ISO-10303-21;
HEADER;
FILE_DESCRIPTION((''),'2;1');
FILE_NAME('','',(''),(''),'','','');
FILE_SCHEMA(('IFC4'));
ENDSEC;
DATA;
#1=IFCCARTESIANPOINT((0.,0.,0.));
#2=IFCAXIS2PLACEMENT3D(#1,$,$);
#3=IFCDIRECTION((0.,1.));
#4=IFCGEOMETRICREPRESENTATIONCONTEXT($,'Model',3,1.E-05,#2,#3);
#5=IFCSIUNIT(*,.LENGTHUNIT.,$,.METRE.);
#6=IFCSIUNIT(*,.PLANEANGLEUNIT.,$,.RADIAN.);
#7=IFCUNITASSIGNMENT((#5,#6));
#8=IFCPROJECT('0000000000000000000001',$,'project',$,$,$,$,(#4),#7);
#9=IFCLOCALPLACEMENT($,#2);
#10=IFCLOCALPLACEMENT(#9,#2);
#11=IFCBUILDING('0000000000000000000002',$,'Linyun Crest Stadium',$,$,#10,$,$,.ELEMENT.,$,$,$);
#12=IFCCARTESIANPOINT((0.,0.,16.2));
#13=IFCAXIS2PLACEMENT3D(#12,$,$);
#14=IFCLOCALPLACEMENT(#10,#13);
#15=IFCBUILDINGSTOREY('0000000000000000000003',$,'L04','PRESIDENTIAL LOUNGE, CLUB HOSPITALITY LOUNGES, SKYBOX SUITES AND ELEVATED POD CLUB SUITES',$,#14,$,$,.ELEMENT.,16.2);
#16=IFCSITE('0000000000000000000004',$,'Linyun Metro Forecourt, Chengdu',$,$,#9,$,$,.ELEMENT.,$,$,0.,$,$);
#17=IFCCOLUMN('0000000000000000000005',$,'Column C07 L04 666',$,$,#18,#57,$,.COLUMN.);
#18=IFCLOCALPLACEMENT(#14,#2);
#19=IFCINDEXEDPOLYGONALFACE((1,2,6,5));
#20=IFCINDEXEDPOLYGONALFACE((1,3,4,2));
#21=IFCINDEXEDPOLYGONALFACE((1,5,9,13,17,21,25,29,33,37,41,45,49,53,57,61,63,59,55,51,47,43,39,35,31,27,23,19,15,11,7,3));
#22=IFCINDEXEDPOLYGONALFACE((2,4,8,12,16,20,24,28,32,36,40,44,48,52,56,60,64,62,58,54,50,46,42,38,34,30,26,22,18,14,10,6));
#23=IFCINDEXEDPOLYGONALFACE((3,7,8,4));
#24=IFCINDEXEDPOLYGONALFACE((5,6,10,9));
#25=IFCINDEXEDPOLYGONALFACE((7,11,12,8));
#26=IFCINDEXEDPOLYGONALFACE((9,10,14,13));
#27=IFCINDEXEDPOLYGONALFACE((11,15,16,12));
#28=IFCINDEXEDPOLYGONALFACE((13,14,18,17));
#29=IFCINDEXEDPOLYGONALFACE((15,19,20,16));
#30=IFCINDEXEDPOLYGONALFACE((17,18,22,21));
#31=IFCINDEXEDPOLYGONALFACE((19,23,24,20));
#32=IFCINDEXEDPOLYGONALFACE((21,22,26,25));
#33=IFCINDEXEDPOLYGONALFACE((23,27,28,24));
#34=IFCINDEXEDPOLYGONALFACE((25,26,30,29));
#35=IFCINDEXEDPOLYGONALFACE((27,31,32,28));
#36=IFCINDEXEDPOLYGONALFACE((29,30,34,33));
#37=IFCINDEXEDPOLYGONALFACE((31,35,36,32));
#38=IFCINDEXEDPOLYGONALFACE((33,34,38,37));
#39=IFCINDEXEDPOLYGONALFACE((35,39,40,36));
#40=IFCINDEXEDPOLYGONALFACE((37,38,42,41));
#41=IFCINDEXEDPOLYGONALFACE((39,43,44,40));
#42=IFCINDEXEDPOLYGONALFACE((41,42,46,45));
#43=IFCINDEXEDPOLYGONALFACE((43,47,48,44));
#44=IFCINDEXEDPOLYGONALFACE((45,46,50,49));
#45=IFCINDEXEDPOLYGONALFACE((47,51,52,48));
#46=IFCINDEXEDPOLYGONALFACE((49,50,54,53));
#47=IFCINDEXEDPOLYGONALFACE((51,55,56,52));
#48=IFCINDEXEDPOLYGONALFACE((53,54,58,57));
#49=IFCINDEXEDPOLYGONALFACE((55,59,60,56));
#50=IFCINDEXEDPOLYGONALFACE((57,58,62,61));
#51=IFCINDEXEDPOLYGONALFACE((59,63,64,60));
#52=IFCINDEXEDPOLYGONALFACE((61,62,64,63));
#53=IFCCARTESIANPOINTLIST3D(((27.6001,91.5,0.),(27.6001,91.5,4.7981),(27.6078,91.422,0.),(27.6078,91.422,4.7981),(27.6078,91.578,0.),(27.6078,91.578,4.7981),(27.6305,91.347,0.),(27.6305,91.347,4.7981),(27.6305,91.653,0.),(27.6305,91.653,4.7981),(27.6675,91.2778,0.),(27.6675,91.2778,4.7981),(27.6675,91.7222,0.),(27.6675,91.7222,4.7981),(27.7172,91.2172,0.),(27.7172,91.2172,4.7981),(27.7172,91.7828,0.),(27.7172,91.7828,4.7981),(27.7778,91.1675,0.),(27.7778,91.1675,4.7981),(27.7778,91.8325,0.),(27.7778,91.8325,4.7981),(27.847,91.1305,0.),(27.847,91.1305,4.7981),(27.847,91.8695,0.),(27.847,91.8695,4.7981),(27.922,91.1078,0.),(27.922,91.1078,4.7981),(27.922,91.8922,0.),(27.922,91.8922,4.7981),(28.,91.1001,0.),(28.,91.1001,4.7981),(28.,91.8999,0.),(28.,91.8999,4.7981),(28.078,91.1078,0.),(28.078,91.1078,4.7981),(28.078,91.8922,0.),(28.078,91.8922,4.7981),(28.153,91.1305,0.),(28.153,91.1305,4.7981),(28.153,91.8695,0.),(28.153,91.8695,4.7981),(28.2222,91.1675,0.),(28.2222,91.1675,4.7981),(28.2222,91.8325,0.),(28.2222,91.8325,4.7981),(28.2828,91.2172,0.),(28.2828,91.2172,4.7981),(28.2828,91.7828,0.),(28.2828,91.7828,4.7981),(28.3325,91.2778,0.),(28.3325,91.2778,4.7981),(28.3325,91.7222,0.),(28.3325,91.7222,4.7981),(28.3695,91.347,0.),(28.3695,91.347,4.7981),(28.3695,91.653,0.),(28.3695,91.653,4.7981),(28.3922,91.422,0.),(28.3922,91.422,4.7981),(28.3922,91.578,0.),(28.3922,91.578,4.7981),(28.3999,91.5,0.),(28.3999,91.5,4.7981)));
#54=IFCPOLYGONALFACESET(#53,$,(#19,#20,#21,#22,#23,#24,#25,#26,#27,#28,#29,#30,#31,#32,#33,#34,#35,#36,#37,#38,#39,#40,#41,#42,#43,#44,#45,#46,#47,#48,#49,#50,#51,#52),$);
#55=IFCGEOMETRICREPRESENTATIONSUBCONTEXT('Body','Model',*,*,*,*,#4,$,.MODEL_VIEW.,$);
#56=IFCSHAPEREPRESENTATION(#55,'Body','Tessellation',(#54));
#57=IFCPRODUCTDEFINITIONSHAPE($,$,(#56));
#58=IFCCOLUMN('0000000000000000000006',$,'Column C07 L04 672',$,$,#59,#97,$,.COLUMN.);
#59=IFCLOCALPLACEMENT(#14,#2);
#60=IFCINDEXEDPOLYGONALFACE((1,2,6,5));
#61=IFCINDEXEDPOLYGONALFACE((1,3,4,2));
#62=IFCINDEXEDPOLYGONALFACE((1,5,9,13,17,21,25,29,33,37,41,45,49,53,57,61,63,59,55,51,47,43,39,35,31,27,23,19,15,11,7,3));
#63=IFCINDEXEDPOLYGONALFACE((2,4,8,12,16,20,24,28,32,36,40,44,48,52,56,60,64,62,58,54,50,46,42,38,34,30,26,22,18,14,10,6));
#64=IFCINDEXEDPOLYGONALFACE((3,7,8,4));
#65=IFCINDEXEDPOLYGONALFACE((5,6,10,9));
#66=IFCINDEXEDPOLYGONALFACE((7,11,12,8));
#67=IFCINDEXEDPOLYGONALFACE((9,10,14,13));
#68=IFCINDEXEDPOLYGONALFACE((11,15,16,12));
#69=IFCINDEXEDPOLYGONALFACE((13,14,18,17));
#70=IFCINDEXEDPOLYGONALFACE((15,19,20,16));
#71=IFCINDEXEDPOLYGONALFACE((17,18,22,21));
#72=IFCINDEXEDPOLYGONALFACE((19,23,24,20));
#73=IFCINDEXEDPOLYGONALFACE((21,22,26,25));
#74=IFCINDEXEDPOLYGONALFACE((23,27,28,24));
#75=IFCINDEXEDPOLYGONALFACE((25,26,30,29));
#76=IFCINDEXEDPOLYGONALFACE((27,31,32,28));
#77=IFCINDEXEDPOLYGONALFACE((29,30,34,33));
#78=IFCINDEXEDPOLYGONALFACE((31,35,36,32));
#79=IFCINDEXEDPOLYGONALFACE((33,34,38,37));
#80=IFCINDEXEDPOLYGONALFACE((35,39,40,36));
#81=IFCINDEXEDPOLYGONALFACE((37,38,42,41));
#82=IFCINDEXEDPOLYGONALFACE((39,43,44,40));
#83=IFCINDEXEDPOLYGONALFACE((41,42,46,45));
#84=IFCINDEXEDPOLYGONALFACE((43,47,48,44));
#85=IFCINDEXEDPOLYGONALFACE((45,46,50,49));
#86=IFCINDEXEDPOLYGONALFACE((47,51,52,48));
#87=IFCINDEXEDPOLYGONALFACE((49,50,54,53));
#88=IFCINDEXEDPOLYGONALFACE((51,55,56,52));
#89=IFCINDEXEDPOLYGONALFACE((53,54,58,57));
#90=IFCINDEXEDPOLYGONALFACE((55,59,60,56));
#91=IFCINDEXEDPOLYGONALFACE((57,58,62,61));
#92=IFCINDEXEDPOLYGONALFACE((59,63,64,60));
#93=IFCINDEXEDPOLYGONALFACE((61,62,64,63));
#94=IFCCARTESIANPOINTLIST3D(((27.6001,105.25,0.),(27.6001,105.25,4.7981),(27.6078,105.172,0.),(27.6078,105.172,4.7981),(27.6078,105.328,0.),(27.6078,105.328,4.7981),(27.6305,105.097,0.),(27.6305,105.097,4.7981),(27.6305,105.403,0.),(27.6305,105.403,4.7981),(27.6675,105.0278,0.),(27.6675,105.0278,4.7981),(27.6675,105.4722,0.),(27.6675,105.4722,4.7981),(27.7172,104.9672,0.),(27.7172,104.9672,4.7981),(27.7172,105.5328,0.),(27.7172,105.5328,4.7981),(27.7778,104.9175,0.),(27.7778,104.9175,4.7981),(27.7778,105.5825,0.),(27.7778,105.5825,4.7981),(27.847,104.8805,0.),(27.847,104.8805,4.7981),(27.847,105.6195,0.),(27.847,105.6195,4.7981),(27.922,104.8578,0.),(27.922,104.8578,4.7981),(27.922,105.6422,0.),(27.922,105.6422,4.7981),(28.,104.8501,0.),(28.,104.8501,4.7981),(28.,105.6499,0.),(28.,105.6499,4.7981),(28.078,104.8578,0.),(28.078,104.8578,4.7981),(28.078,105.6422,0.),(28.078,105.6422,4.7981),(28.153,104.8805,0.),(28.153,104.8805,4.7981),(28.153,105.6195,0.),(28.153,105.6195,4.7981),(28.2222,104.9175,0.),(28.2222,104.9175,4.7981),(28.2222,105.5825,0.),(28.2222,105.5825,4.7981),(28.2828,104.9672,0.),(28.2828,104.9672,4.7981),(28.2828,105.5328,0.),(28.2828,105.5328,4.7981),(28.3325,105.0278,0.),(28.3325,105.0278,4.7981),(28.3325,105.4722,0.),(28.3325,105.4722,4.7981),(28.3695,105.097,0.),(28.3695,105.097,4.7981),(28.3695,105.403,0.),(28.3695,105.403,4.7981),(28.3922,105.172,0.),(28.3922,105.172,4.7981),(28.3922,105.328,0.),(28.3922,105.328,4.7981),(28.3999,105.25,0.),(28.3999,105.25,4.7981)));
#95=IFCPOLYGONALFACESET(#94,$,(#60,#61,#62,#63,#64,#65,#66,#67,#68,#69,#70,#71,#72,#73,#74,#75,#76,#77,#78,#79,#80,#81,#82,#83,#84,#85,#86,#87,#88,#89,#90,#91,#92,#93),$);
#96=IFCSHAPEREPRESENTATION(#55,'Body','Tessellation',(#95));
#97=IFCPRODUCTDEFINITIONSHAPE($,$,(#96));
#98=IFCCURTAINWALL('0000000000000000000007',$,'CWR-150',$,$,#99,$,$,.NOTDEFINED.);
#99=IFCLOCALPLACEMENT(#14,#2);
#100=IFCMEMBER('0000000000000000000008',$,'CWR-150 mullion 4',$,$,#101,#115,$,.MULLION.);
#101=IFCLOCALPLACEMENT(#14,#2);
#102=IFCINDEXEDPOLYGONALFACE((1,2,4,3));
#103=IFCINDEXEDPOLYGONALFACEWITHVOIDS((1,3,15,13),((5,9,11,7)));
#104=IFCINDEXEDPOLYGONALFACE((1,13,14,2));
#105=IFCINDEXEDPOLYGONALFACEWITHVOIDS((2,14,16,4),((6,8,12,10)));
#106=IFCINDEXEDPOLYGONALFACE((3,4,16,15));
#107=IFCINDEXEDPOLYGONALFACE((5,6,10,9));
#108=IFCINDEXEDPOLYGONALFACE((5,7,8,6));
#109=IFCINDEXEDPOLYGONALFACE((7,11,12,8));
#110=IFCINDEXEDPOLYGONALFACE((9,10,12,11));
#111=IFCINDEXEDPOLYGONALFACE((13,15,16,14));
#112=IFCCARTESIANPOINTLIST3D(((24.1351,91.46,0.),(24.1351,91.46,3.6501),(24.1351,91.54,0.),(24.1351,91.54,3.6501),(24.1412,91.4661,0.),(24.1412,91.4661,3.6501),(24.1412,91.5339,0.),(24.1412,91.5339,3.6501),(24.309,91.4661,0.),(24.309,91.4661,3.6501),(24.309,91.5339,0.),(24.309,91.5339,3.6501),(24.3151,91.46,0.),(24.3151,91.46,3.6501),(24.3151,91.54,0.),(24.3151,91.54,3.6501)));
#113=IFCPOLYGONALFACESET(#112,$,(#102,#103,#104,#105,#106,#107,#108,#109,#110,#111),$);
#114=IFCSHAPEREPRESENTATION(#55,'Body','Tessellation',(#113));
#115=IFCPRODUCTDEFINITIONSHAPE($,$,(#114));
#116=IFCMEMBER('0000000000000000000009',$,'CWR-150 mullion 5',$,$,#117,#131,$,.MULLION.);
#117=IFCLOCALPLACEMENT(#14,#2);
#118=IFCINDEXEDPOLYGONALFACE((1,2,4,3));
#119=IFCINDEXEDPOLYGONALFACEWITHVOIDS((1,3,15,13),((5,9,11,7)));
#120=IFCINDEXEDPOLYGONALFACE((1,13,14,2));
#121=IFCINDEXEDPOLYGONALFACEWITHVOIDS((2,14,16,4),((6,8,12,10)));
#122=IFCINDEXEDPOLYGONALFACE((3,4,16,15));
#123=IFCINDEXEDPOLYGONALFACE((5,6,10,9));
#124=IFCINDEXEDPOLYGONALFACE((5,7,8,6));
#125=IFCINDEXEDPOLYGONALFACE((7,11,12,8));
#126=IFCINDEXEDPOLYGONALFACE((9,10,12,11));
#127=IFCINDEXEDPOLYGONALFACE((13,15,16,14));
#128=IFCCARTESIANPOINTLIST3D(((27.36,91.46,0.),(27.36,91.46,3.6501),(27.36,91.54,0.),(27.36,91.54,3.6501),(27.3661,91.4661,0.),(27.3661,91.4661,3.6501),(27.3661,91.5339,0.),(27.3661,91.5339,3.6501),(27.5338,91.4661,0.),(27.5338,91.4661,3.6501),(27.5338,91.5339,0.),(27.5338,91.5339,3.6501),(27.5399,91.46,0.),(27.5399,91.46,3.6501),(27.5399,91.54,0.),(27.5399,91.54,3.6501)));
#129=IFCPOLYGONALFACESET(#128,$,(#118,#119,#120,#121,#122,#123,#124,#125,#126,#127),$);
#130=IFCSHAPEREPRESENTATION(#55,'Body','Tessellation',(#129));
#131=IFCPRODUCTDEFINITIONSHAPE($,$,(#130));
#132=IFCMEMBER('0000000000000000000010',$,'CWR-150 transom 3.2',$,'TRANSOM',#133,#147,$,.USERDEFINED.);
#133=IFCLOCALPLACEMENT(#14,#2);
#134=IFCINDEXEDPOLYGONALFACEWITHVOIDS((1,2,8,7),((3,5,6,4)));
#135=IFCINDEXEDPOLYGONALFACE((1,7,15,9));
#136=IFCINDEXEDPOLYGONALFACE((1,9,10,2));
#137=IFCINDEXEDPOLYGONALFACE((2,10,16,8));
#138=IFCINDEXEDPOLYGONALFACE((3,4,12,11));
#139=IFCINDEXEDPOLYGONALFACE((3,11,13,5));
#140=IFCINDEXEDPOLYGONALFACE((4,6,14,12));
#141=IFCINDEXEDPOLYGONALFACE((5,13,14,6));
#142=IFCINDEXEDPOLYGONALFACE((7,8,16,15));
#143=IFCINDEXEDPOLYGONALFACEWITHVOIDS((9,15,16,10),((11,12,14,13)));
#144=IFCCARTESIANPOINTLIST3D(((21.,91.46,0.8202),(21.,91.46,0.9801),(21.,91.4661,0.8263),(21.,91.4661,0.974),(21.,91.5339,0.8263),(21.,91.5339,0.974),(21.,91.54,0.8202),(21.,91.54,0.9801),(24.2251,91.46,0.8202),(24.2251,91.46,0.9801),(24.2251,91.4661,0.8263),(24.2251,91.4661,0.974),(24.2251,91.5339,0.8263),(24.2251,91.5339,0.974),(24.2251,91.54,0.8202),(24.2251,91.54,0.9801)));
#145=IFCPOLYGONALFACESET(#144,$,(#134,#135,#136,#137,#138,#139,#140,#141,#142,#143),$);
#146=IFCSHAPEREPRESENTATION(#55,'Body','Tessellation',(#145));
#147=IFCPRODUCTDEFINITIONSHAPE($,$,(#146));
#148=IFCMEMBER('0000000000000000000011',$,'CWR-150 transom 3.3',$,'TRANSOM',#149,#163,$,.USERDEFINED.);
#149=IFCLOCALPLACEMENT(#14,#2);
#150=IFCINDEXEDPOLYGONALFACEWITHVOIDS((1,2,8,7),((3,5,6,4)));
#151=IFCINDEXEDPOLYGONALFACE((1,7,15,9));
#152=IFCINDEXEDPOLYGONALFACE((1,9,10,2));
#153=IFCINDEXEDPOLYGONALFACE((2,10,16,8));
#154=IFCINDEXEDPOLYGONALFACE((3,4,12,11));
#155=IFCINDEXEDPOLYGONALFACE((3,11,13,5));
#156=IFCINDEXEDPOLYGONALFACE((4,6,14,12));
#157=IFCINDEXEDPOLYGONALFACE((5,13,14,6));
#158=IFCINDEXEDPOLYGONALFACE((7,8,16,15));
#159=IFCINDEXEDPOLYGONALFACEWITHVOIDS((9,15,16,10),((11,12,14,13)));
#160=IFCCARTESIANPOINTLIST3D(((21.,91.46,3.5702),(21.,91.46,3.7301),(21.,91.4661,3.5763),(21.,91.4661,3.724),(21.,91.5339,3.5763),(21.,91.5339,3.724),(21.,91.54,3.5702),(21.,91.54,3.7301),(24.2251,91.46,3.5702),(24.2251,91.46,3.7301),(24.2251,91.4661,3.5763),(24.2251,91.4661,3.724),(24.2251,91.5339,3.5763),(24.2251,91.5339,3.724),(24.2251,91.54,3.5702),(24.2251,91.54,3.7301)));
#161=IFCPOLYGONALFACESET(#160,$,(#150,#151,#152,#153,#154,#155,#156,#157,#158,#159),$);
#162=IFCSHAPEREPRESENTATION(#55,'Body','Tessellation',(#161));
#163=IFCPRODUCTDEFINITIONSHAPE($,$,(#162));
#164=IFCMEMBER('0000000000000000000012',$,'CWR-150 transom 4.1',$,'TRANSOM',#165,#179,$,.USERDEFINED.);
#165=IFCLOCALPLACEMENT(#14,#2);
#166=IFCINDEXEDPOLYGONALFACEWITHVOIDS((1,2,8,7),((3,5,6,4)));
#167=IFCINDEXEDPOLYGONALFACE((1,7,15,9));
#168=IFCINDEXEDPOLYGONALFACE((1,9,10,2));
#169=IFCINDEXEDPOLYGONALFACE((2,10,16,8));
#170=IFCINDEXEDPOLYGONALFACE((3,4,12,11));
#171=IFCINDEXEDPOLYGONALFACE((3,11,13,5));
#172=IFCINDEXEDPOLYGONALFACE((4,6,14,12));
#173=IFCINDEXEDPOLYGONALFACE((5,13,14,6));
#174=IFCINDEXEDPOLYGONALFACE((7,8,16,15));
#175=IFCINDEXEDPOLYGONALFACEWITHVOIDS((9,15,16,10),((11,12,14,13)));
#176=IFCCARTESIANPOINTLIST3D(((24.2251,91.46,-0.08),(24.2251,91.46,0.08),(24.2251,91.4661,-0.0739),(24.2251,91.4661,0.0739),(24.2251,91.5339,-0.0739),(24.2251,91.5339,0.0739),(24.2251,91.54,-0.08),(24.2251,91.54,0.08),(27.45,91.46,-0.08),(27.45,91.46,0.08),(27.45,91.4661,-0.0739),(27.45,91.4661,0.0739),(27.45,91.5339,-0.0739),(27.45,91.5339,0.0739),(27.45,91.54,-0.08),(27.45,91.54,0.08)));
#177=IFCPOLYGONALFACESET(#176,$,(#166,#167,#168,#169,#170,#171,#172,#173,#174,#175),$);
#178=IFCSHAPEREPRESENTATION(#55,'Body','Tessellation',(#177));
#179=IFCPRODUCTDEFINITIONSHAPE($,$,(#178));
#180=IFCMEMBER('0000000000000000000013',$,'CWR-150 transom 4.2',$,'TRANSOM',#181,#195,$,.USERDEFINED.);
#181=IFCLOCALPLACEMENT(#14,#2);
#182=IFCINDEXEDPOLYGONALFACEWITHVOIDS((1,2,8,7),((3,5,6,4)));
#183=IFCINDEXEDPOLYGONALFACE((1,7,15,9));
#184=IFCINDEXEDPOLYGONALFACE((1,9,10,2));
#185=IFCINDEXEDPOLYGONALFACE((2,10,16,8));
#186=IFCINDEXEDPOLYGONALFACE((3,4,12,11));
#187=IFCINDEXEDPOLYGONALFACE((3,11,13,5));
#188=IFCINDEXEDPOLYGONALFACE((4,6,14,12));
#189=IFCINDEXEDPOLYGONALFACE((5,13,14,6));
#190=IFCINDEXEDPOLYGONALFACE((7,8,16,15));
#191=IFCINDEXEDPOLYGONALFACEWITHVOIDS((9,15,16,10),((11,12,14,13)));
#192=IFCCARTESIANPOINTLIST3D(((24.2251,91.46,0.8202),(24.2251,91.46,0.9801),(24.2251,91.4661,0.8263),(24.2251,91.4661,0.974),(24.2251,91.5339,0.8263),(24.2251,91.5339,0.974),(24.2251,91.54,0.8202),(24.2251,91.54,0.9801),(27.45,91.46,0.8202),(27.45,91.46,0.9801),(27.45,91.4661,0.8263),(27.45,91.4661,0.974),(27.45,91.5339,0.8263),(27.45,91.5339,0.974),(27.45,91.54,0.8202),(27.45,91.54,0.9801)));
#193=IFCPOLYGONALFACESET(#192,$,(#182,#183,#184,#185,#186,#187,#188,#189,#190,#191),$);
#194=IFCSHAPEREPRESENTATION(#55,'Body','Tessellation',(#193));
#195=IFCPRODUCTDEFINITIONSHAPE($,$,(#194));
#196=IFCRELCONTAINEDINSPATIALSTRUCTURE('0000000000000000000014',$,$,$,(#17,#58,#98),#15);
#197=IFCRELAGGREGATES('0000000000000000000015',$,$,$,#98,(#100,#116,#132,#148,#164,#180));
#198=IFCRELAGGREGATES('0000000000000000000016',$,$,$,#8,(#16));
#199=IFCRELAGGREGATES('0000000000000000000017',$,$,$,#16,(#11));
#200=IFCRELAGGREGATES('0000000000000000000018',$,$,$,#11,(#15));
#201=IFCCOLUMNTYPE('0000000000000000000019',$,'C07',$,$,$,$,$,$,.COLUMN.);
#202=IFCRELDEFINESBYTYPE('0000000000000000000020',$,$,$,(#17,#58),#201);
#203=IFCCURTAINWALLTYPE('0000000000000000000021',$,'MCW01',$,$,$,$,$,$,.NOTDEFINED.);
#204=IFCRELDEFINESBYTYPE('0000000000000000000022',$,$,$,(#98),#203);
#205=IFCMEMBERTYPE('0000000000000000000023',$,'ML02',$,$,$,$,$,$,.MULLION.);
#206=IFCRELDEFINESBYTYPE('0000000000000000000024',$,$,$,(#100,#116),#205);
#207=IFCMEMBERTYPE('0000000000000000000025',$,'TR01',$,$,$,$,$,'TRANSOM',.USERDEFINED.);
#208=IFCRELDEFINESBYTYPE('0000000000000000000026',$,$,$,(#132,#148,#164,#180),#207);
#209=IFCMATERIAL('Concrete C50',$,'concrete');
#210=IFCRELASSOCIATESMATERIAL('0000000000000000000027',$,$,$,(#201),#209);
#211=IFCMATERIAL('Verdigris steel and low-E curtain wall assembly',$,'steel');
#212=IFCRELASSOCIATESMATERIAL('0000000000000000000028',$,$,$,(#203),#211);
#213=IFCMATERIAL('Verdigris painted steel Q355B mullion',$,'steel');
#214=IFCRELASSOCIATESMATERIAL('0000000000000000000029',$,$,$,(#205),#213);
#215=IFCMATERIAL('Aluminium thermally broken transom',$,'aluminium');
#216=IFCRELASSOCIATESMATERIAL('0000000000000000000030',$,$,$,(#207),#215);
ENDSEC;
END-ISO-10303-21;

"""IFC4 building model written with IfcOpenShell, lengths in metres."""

from ifc_helpers import new_model, si_unit, direction, frame, origin, origin_2d, place, context, subcontext, project, spatial, hollow_rectangle, circle, extrude, material, material_profile, profile_set, type_object, element, aggregate, save


model = new_model("IFC4")

# Units and contexts
model_context = context("Model", 3, precision=1e-05, world=origin(), true_north=direction((0.0, 1.0)))
body_context = subcontext(model_context, "Body", "Model", "MODEL_VIEW")
ifc_project = project(units=[si_unit("LENGTHUNIT", "METRE"), si_unit("PLANEANGLEUNIT", "RADIAN")], contexts=[model_context])

# Site, building, storey
site_placement = place(None, origin())
site = spatial("IfcSite", under=ifc_project, at=site_placement, Name="Linyun Metro Forecourt, Chengdu", CompositionType="ELEMENT", RefElevation=0.0)
building_placement = place(site_placement, origin())
building = spatial("IfcBuilding", under=site, at=building_placement, Name="Linyun Crest Stadium", CompositionType="ELEMENT")
storey_placement = place(building_placement, frame((0.0, 0.0, 16.2)))
storey = spatial("IfcBuildingStorey", under=building, at=storey_placement, Name="L04", Description="PRESIDENTIAL LOUNGE, CLUB HOSPITALITY LOUNGES, SKYBOX SUITES AND ELEVATED POD CLUB SUITES", CompositionType="ELEMENT", Elevation=16.2)

# Columns
ifc_material_1 = material(Name="Concrete C50", Category="concrete")
ifc_material_profile_1 = material_profile(ifc_material_1, circle(Radius=0.3999, at=origin_2d()), Name="RC D800")
ifc_profile_set_1 = profile_set([ifc_material_profile_1], Name="Concrete C50")
column_type = type_object("IfcColumnType", Name="C07", PredefinedType="COLUMN", material=ifc_profile_set_1)
for number, where, z_axis, x_axis, name in (
    (1, (28.0, 91.5, 0.0), (0.0, 0.0, 1.0), (1.0, 0.0, 0.0), "Column C07 L04 666"),
    (2, (28.0, 105.25, 0.0), (0.0, 0.0, 1.0), (1.0, 0.0, 0.0), "Column C07 L04 672"),
):
    element("IfcColumn", number, at=place(storey_placement, frame(where, z_axis=z_axis, x_axis=x_axis)), inside=storey, type_object=column_type, Name=name, PredefinedType="COLUMN", context=body_context, shape_type="SweptSolid", body=[
        extrude(circle(Radius=0.3999, at=origin_2d()), origin(), (0.0, 0.0, 1.0), 4.7981),
    ])

# Curtain wall, members
ifc_material_2 = material(Name="Verdigris steel and low-E curtain wall assembly", Category="steel")
curtain_wall_type = type_object("IfcCurtainWallType", Name="MCW01", PredefinedType="NOTDEFINED", material=ifc_material_2)
curtain_wall_placement = place(storey_placement, origin())
curtain_wall = element("IfcCurtainWall", 3, at=curtain_wall_placement, inside=storey, type_object=curtain_wall_type, Name="CWR-150", PredefinedType="NOTDEFINED")
ifc_material_3 = material(Name="Verdigris painted steel Q355B mullion", Category="steel")
ifc_material_profile_2 = material_profile(ifc_material_3, hollow_rectangle(XDim=0.0801, YDim=0.1799, WallThickness=0.0061, at=origin_2d()), Name="RHS 180x80x6")
ifc_profile_set_2 = profile_set([ifc_material_profile_2], Name="Verdigris painted steel Q355B mullion")
member_type_1 = type_object("IfcMemberType", Name="ML02", PredefinedType="MULLION", material=ifc_profile_set_2)
member_1_placement = place(storey_placement, frame((24.2251, 91.5, 0.0), z_axis=(0.0, 0.0, 1.0), x_axis=(0.0, 1.0, 0.0)))
member_1 = element("IfcMember", 4, at=member_1_placement, type_object=member_type_1, Name="CWR-150 mullion 4", PredefinedType="MULLION", context=body_context, shape_type="SweptSolid", body=[
    extrude(hollow_rectangle(XDim=0.0801, YDim=0.1799, WallThickness=0.0061, at=origin_2d()), origin(), (0.0, 0.0, 1.0), 3.6501),
])
member_2_placement = place(storey_placement, frame((27.45, 91.5, 0.0), z_axis=(0.0, 0.0, 1.0), x_axis=(0.0, 1.0, 0.0)))
member_2 = element("IfcMember", 5, at=member_2_placement, type_object=member_type_1, Name="CWR-150 mullion 5", PredefinedType="MULLION", context=body_context, shape_type="SweptSolid", body=[
    extrude(hollow_rectangle(XDim=0.0801, YDim=0.1799, WallThickness=0.0061, at=origin_2d()), origin(), (0.0, 0.0, 1.0), 3.6501),
])
ifc_material_4 = material(Name="Aluminium thermally broken transom", Category="aluminium")
ifc_material_profile_3 = material_profile(ifc_material_4, hollow_rectangle(XDim=0.0801, YDim=0.1599, WallThickness=0.0061, at=origin_2d()), Name="RHS 160x80x6")
ifc_profile_set_3 = profile_set([ifc_material_profile_3], Name="Aluminium thermally broken transom")
member_type_2 = type_object("IfcMemberType", Name="TR01", ElementType="TRANSOM", PredefinedType="USERDEFINED", material=ifc_profile_set_3)
member_3_placement = place(storey_placement, frame((21.0, 91.5, 0.9001), z_axis=(1.0, 0.0, 0.0), x_axis=(0.0, 1.0, 0.0)))
member_3 = element("IfcMember", 6, at=member_3_placement, type_object=member_type_2, Name="CWR-150 transom 3.2", ObjectType="TRANSOM", PredefinedType="USERDEFINED", context=body_context, shape_type="SweptSolid", body=[
    extrude(hollow_rectangle(XDim=0.0801, YDim=0.1599, WallThickness=0.0061, at=origin_2d()), origin(), (0.0, 0.0, 1.0), 3.2251),
])
member_4_placement = place(storey_placement, frame((21.0, 91.5, 3.6501), z_axis=(1.0, 0.0, 0.0), x_axis=(0.0, 1.0, 0.0)))
member_4 = element("IfcMember", 7, at=member_4_placement, type_object=member_type_2, Name="CWR-150 transom 3.3", ObjectType="TRANSOM", PredefinedType="USERDEFINED", context=body_context, shape_type="SweptSolid", body=[
    extrude(hollow_rectangle(XDim=0.0801, YDim=0.1599, WallThickness=0.0061, at=origin_2d()), origin(), (0.0, 0.0, 1.0), 3.2251),
])
member_5_placement = place(storey_placement, frame((24.2251, 91.5, 0.0), z_axis=(1.0, 0.0, 0.0), x_axis=(0.0, 1.0, 0.0)))
member_5 = element("IfcMember", 8, at=member_5_placement, type_object=member_type_2, Name="CWR-150 transom 4.1", ObjectType="TRANSOM", PredefinedType="USERDEFINED", context=body_context, shape_type="SweptSolid", body=[
    extrude(hollow_rectangle(XDim=0.0801, YDim=0.1599, WallThickness=0.0061, at=origin_2d()), origin(), (0.0, 0.0, 1.0), 3.2249),
])
member_6_placement = place(storey_placement, frame((24.2251, 91.5, 0.9001), z_axis=(1.0, 0.0, 0.0), x_axis=(0.0, 1.0, 0.0)))
member_6 = element("IfcMember", 9, at=member_6_placement, type_object=member_type_2, Name="CWR-150 transom 4.2", ObjectType="TRANSOM", PredefinedType="USERDEFINED", context=body_context, shape_type="SweptSolid", body=[
    extrude(hollow_rectangle(XDim=0.0801, YDim=0.1599, WallThickness=0.0061, at=origin_2d()), origin(), (0.0, 0.0, 1.0), 3.2249),
])
aggregate(curtain_wall, [member_1, member_2, member_3, member_4, member_5, member_6])

save(model, "model.ifc")
